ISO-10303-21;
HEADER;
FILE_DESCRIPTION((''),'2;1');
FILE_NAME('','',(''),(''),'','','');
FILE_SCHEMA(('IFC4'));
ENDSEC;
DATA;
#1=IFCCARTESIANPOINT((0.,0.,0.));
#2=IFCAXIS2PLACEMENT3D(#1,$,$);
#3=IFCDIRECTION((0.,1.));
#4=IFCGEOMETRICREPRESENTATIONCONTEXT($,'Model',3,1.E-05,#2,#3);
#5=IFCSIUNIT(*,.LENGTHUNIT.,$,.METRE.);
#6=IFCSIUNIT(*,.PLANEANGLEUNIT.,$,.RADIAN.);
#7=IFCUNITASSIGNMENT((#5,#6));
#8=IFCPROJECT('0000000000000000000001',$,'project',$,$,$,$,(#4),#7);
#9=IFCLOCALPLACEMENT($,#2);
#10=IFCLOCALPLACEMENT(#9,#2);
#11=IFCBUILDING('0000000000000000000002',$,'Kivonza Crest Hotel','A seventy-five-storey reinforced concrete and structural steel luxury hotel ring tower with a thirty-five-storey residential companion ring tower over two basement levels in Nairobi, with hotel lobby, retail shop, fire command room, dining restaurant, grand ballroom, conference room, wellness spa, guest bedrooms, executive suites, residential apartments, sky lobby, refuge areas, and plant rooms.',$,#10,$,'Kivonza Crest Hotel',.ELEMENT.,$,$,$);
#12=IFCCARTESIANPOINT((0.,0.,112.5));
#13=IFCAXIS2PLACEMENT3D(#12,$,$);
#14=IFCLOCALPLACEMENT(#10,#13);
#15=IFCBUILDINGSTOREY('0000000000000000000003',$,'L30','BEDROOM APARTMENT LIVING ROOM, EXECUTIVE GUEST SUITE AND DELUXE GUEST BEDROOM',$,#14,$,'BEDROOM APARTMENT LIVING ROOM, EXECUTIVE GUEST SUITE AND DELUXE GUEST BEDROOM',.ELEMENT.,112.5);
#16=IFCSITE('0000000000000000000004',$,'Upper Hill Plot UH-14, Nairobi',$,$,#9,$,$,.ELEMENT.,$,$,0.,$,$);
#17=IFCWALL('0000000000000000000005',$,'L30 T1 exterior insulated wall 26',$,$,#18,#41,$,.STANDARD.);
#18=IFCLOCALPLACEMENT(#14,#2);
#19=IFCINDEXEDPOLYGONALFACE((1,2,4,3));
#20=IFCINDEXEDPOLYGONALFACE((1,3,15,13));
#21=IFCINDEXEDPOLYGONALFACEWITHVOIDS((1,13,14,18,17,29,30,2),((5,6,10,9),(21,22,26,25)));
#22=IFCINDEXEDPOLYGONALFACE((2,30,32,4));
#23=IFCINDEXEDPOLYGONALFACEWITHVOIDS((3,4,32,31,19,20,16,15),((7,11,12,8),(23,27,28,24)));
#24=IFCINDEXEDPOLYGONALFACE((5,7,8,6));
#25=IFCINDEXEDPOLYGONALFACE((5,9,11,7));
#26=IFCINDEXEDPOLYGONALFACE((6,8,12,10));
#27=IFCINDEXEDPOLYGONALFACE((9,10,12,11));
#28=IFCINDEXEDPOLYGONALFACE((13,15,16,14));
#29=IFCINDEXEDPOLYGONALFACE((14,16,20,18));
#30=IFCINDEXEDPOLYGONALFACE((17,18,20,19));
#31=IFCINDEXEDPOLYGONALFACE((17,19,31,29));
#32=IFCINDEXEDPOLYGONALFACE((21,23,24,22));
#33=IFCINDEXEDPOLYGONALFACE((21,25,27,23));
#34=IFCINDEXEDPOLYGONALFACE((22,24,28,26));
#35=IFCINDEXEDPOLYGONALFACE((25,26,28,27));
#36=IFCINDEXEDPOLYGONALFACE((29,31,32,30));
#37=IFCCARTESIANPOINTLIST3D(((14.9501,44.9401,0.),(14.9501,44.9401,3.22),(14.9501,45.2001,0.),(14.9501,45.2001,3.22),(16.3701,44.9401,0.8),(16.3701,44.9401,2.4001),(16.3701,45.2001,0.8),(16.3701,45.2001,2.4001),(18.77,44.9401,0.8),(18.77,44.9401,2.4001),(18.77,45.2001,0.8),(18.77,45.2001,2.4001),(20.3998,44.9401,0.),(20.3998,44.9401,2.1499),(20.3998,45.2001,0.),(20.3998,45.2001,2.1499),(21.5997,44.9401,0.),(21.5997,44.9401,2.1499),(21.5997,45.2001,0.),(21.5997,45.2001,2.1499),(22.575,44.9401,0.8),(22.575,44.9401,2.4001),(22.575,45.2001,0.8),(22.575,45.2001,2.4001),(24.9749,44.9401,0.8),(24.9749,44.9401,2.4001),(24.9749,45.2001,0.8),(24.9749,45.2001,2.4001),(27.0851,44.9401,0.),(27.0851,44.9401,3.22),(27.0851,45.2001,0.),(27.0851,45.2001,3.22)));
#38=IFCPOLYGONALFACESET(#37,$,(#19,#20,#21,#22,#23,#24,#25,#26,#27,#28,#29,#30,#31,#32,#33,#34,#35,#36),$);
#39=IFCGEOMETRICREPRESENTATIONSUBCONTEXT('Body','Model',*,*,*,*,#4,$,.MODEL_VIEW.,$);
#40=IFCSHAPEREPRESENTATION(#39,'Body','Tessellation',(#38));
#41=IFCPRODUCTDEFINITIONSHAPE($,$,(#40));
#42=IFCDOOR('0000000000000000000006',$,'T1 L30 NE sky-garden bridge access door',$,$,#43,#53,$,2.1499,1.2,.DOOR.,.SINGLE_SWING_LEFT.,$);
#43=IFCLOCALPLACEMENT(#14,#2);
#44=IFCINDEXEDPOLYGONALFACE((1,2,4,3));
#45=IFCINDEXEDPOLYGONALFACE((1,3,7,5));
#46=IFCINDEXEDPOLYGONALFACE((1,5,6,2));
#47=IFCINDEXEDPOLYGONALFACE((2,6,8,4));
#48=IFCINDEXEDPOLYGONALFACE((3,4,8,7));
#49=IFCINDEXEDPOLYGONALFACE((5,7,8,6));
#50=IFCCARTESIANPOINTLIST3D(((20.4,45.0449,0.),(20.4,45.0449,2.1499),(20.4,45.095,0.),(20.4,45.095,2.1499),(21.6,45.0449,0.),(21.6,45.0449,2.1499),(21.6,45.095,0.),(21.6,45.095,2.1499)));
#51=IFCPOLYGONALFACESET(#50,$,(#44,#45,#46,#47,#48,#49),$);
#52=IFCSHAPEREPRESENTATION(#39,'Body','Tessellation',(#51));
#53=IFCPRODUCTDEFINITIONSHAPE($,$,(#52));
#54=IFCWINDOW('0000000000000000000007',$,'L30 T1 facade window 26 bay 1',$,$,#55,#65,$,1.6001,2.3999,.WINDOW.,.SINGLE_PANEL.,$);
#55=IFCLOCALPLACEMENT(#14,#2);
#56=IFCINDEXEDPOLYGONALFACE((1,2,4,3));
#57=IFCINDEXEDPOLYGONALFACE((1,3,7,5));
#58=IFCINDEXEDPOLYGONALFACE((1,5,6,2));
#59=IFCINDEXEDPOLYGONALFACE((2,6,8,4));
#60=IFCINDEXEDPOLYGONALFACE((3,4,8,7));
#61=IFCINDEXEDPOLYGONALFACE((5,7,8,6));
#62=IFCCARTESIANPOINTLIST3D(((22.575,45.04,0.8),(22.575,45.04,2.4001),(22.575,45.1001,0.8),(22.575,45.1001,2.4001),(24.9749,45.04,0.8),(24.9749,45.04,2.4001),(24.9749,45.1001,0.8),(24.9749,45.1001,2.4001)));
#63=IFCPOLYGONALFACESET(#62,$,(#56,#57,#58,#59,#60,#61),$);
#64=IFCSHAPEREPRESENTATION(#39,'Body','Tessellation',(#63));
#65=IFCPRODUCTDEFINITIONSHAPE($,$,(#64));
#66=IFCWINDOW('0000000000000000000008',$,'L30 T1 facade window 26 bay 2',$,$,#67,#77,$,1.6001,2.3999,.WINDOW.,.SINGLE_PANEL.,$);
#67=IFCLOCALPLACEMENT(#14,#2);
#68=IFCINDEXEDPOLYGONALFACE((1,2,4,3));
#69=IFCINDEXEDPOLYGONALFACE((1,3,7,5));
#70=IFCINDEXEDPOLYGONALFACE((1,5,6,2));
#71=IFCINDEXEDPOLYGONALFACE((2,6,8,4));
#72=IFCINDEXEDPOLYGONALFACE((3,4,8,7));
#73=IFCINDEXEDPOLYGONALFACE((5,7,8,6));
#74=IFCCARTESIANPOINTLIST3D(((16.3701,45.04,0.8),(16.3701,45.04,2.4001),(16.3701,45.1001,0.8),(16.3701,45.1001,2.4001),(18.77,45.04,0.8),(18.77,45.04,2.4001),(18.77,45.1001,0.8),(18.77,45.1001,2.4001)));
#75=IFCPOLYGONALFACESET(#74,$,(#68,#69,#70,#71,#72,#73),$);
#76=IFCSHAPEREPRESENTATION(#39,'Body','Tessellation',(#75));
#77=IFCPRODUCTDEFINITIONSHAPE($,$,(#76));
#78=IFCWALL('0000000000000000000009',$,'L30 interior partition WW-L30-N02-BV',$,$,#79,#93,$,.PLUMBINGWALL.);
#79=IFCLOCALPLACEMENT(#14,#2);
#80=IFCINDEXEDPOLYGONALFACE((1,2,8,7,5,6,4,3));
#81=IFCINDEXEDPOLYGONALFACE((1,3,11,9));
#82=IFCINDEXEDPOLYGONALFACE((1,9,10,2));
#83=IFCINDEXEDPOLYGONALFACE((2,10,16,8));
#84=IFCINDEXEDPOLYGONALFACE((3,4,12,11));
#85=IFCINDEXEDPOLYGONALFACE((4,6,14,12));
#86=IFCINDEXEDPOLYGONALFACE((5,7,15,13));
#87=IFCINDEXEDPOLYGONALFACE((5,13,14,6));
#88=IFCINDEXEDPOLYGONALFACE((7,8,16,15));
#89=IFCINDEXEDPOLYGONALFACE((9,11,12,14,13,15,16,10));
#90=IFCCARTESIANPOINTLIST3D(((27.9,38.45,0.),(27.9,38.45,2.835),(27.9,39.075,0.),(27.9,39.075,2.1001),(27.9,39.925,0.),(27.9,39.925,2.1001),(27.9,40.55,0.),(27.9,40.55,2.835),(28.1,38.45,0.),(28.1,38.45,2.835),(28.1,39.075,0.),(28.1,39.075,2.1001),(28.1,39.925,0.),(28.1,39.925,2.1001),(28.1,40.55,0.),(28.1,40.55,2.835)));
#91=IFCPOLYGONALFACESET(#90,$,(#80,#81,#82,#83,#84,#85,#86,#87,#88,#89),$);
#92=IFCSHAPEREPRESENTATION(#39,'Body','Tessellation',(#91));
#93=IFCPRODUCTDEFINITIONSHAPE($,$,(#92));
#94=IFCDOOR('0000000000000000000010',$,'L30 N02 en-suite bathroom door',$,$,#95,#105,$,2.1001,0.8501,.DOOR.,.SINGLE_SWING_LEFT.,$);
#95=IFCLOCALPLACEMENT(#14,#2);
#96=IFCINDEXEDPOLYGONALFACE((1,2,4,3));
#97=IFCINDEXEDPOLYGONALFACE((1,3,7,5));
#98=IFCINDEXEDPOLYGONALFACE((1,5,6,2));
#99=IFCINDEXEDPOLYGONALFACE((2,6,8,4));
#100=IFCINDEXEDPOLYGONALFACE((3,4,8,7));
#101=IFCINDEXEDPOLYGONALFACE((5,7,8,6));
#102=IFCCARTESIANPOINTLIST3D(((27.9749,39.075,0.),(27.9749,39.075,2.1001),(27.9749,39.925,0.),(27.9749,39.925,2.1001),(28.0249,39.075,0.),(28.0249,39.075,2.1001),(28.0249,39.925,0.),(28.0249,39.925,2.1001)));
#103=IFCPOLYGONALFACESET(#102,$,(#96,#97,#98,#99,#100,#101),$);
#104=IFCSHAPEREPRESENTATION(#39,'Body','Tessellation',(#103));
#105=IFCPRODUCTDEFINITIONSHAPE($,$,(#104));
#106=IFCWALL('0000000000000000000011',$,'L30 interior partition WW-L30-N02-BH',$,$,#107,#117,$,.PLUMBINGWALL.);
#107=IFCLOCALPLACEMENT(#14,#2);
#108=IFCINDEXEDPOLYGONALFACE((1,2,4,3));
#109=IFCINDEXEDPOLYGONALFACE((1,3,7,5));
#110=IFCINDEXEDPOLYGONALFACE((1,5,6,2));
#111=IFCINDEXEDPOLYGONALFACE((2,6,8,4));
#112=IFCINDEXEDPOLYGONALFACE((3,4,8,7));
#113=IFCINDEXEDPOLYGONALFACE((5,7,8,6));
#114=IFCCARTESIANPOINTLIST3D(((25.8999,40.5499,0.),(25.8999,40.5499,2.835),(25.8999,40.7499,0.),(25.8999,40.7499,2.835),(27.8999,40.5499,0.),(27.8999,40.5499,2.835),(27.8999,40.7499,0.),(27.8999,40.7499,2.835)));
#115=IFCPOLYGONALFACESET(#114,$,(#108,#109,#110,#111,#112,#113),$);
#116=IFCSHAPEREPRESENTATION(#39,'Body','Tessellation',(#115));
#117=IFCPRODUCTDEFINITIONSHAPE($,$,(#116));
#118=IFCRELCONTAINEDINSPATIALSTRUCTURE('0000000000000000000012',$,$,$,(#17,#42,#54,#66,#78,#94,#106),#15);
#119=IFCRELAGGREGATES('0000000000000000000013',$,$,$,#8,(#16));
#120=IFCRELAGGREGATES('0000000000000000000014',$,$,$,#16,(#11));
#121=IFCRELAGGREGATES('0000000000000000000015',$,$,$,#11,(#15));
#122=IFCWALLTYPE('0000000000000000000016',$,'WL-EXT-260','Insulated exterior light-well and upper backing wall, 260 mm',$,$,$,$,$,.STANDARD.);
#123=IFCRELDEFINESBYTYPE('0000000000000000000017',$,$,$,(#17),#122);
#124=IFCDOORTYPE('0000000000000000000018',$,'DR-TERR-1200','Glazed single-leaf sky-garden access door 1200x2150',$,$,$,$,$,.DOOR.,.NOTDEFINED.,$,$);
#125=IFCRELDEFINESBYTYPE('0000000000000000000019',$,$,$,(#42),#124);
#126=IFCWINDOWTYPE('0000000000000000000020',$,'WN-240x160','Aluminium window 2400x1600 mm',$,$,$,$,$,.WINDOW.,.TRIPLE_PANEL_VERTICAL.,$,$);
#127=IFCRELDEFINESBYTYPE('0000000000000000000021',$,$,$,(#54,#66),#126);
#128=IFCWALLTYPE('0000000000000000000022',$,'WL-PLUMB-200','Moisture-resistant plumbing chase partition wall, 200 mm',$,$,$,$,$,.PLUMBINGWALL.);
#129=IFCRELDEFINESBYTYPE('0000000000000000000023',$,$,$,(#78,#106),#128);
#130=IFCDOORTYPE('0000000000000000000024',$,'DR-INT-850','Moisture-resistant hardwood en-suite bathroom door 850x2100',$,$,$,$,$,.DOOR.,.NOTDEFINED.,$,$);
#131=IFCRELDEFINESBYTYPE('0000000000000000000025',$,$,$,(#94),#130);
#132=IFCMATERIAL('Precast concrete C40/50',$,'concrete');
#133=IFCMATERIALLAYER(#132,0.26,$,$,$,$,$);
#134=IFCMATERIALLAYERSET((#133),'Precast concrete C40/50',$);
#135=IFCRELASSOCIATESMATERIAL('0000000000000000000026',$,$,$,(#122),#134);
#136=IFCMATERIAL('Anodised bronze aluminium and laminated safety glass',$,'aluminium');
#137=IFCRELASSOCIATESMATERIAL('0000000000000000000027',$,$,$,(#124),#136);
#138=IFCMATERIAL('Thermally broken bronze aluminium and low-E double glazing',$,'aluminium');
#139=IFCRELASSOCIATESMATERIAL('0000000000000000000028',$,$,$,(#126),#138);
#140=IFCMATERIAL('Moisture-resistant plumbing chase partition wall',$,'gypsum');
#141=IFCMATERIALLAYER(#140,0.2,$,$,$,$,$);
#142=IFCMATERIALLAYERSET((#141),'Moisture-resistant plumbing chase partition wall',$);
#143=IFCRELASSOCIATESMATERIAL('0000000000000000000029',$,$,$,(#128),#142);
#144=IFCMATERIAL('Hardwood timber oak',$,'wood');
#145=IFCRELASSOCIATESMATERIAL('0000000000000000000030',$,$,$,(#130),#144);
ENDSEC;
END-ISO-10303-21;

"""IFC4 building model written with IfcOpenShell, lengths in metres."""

from ifc_helpers import new_model, si_unit, direction, frame, frame_2d, origin, place, context, subcontext, project, spatial, rectangle, extrude, material, layer, layer_set, type_object, element, fill, save


model = new_model("IFC4")

# Units and contexts
model_context = context("Model", 3, precision=1e-05, world=origin(), true_north=direction((0.0, 1.0)))
body_context = subcontext(model_context, "Body", "Model", "MODEL_VIEW")
ifc_project = project(units=[si_unit("LENGTHUNIT", "METRE"), si_unit("PLANEANGLEUNIT", "RADIAN")], contexts=[model_context])

# Site, building, storey
site_placement = place(None, origin())
site = spatial("IfcSite", under=ifc_project, at=site_placement, Name="Upper Hill Plot UH-14, Nairobi", CompositionType="ELEMENT", RefElevation=0.0)
building_placement = place(site_placement, origin())
building = spatial("IfcBuilding", under=site, at=building_placement, Name="Kivonza Crest Hotel", Description="A seventy-five-storey reinforced concrete and structural steel luxury hotel ring tower with a thirty-five-storey residential companion ring tower over two basement levels in Nairobi, with hotel lobby, retail shop, fire command room, dining restaurant, grand ballroom, conference room, wellness spa, guest bedrooms, executive suites, residential apartments, sky lobby, refuge areas, and plant rooms.", LongName="Kivonza Crest Hotel", CompositionType="ELEMENT")
storey_placement = place(building_placement, frame((0.0, 0.0, 112.5)))
storey = spatial("IfcBuildingStorey", under=building, at=storey_placement, Name="L30", Description="BEDROOM APARTMENT LIVING ROOM, EXECUTIVE GUEST SUITE AND DELUXE GUEST BEDROOM", LongName="BEDROOM APARTMENT LIVING ROOM, EXECUTIVE GUEST SUITE AND DELUXE GUEST BEDROOM", CompositionType="ELEMENT", Elevation=112.5)

# Shared definitions
ifc_material_1 = material(Name="Hardwood timber oak", Category="wood")

# Wall, openings, door, windows
ifc_material_2 = material(Name="Precast concrete C40/50", Category="concrete")
ifc_layer_1 = layer(ifc_material_2, 0.26)
ifc_layer_set_1 = layer_set([ifc_layer_1], Name="Precast concrete C40/50")
wall_type_1 = type_object("IfcWallType", Name="WL-EXT-260", Description="Insulated exterior light-well and upper backing wall, 260 mm", PredefinedType="STANDARD", material=ifc_layer_set_1)
wall_1_placement = place(storey_placement, frame((27.085, 45.0701, 0.0), z_axis=(0.0, 0.0, 1.0), x_axis=(-1.0, 0.0, 0.0)))
wall_1 = element("IfcWall", 1, at=wall_1_placement, inside=storey, type_object=wall_type_1, Name="L30 T1 exterior insulated wall 26", PredefinedType="STANDARD", context=body_context, shape_type="SweptSolid", body=[
    extrude(rectangle(XDim=12.135, YDim=0.26, at=frame_2d((6.0674, 0.0))), origin(), (0.0, 0.0, 1.0), 3.22),
])
opening_1_placement = place(wall_1_placement, frame((5.4851, 0.0, 0.0)))
opening_1 = element("IfcOpeningElement", 2, at=opening_1_placement, cuts=wall_1, PredefinedType="OPENING", context=body_context, shape_type="SweptSolid", body=[
    extrude(rectangle(XDim=1.2, YDim=2.1499, at=frame_2d((0.6001, 1.075))), frame((0.0, 0.1401, 0.0), z_axis=(0.0, -1.0, 0.0), x_axis=(1.0, 0.0, 0.0)), (0.0, 0.0, 1.0), 0.28),
])
opening_2_placement = place(wall_1_placement, frame((2.1101, 0.0, 0.8)))
opening_2 = element("IfcOpeningElement", 3, at=opening_2_placement, cuts=wall_1, PredefinedType="OPENING", context=body_context, shape_type="SweptSolid", body=[
    extrude(rectangle(XDim=2.3999, YDim=1.6001, at=frame_2d((1.2, 0.8))), frame((0.0, 0.1401, 0.0), z_axis=(0.0, -1.0, 0.0), x_axis=(1.0, 0.0, 0.0)), (0.0, 0.0, 1.0), 0.28),
])
opening_3_placement = place(wall_1_placement, frame((8.3149, 0.0, 0.8)))
opening_3 = element("IfcOpeningElement", 4, at=opening_3_placement, cuts=wall_1, PredefinedType="OPENING", context=body_context, shape_type="SweptSolid", body=[
    extrude(rectangle(XDim=2.3999, YDim=1.6001, at=frame_2d((1.2, 0.8))), frame((0.0, 0.1401, 0.0), z_axis=(0.0, -1.0, 0.0), x_axis=(1.0, 0.0, 0.0)), (0.0, 0.0, 1.0), 0.28),
])
ifc_material_3 = material(Name="Anodised bronze aluminium and laminated safety glass", Category="aluminium")
door_type_1 = type_object("IfcDoorType", Name="DR-TERR-1200", Description="Glazed single-leaf sky-garden access door 1200x2150", OperationType="NOTDEFINED", PredefinedType="DOOR", material=ifc_material_3)
door_1_placement = place(opening_1_placement, frame((1.2, 0.0, 0.0), z_axis=(0.0, 0.0, 1.0), x_axis=(-1.0, 0.0, 0.0)))
door_1 = element("IfcDoor", 5, at=door_1_placement, inside=storey, type_object=door_type_1, Name="T1 L30 NE sky-garden bridge access door", OperationType="SINGLE_SWING_LEFT", OverallHeight=2.1499, OverallWidth=1.2, PredefinedType="DOOR", context=body_context, shape_type="SweptSolid", body=[
    extrude(rectangle(XDim=1.2, YDim=2.1499, at=frame_2d((0.6001, 1.075))), frame((0.0, 0.0249, 0.0), z_axis=(0.0, -1.0, 0.0), x_axis=(1.0, 0.0, 0.0)), (0.0, 0.0, 1.0), 0.05),
])
fill(opening_1, door_1)
ifc_material_4 = material(Name="Thermally broken bronze aluminium and low-E double glazing", Category="aluminium")
window_type = type_object("IfcWindowType", Name="WN-240x160", Description="Aluminium window 2400x1600 mm", PartitioningType="TRIPLE_PANEL_VERTICAL", PredefinedType="WINDOW", material=ifc_material_4)
window_1_placement = place(opening_2_placement, origin())
window_1 = element("IfcWindow", 6, at=window_1_placement, inside=storey, type_object=window_type, Name="L30 T1 facade window 26 bay 1", OverallHeight=1.6001, OverallWidth=2.3999, PartitioningType="SINGLE_PANEL", PredefinedType="WINDOW", context=body_context, shape_type="SweptSolid", body=[
    extrude(rectangle(XDim=2.3999, YDim=1.6001, at=frame_2d((1.2, 0.8))), frame((0.0, 0.03, 0.0), z_axis=(0.0, -1.0, 0.0), x_axis=(1.0, 0.0, 0.0)), (0.0, 0.0, 1.0), 0.0601),
])
fill(opening_2, window_1)
window_2_placement = place(opening_3_placement, origin())
window_2 = element("IfcWindow", 7, at=window_2_placement, inside=storey, type_object=window_type, Name="L30 T1 facade window 26 bay 2", OverallHeight=1.6001, OverallWidth=2.3999, PartitioningType="SINGLE_PANEL", PredefinedType="WINDOW", context=body_context, shape_type="SweptSolid", body=[
    extrude(rectangle(XDim=2.3999, YDim=1.6001, at=frame_2d((1.2, 0.8))), frame((0.0, 0.03, 0.0), z_axis=(0.0, -1.0, 0.0), x_axis=(1.0, 0.0, 0.0)), (0.0, 0.0, 1.0), 0.0601),
])
fill(opening_3, window_2)

# Wall, opening, door
ifc_material_5 = material(Name="Moisture-resistant plumbing chase partition wall", Category="gypsum")
ifc_layer_2 = layer(ifc_material_5, 0.2)
ifc_layer_set_2 = layer_set([ifc_layer_2], Name="Moisture-resistant plumbing chase partition wall")
wall_type_2 = type_object("IfcWallType", Name="WL-PLUMB-200", Description="Moisture-resistant plumbing chase partition wall, 200 mm", PredefinedType="PLUMBINGWALL", material=ifc_layer_set_2)
wall_2_placement = place(storey_placement, frame((28.0, 38.45, 0.0), z_axis=(0.0, 0.0, 1.0), x_axis=(0.0, 1.0, 0.0)))
wall_2 = element("IfcWall", 8, at=wall_2_placement, inside=storey, type_object=wall_type_2, Name="L30 interior partition WW-L30-N02-BV", PredefinedType="PLUMBINGWALL", context=body_context, shape_type="SweptSolid", body=[
    extrude(rectangle(XDim=2.1001, YDim=0.2, at=frame_2d((1.05, 0.0))), origin(), (0.0, 0.0, 1.0), 2.835),
])
opening_4_placement = place(wall_2_placement, frame((0.625, 0.0, 0.0)))
opening_4 = element("IfcOpeningElement", 9, at=opening_4_placement, cuts=wall_2, PredefinedType="OPENING", context=body_context, shape_type="SweptSolid", body=[
    extrude(rectangle(XDim=0.8501, YDim=2.1001, at=frame_2d((0.425, 1.05))), frame((0.0, 0.1099, 0.0), z_axis=(0.0, -1.0, 0.0), x_axis=(1.0, 0.0, 0.0)), (0.0, 0.0, 1.0), 0.22),
])
door_type_2 = type_object("IfcDoorType", Name="DR-INT-850", Description="Moisture-resistant hardwood en-suite bathroom door 850x2100", OperationType="NOTDEFINED", PredefinedType="DOOR", material=ifc_material_1)
door_2_placement = place(opening_4_placement, frame((0.8501, 0.0, 0.0), z_axis=(0.0, 0.0, 1.0), x_axis=(-1.0, 0.0, 0.0)))
door_2 = element("IfcDoor", 10, at=door_2_placement, inside=storey, type_object=door_type_2, Name="L30 N02 en-suite bathroom door", OperationType="SINGLE_SWING_LEFT", OverallHeight=2.1001, OverallWidth=0.8501, PredefinedType="DOOR", context=body_context, shape_type="SweptSolid", body=[
    extrude(rectangle(XDim=0.8501, YDim=2.1001, at=frame_2d((0.425, 1.05))), frame((0.0, 0.0249, 0.0), z_axis=(0.0, -1.0, 0.0), x_axis=(1.0, 0.0, 0.0)), (0.0, 0.0, 1.0), 0.05),
])
fill(opening_4, door_2)

# Wall
wall_3_placement = place(storey_placement, frame((25.8999, 40.6499, 0.0), z_axis=(0.0, 0.0, 1.0), x_axis=(1.0, 0.0, 0.0)))
element("IfcWall", 11, at=wall_3_placement, inside=storey, type_object=wall_type_2, Name="L30 interior partition WW-L30-N02-BH", PredefinedType="PLUMBINGWALL", context=body_context, shape_type="SweptSolid", body=[
    extrude(rectangle(XDim=2.0, YDim=0.2, at=frame_2d((1.0, 0.0))), origin(), (0.0, 0.0, 1.0), 2.835),
])

save(model, "model.ifc")
